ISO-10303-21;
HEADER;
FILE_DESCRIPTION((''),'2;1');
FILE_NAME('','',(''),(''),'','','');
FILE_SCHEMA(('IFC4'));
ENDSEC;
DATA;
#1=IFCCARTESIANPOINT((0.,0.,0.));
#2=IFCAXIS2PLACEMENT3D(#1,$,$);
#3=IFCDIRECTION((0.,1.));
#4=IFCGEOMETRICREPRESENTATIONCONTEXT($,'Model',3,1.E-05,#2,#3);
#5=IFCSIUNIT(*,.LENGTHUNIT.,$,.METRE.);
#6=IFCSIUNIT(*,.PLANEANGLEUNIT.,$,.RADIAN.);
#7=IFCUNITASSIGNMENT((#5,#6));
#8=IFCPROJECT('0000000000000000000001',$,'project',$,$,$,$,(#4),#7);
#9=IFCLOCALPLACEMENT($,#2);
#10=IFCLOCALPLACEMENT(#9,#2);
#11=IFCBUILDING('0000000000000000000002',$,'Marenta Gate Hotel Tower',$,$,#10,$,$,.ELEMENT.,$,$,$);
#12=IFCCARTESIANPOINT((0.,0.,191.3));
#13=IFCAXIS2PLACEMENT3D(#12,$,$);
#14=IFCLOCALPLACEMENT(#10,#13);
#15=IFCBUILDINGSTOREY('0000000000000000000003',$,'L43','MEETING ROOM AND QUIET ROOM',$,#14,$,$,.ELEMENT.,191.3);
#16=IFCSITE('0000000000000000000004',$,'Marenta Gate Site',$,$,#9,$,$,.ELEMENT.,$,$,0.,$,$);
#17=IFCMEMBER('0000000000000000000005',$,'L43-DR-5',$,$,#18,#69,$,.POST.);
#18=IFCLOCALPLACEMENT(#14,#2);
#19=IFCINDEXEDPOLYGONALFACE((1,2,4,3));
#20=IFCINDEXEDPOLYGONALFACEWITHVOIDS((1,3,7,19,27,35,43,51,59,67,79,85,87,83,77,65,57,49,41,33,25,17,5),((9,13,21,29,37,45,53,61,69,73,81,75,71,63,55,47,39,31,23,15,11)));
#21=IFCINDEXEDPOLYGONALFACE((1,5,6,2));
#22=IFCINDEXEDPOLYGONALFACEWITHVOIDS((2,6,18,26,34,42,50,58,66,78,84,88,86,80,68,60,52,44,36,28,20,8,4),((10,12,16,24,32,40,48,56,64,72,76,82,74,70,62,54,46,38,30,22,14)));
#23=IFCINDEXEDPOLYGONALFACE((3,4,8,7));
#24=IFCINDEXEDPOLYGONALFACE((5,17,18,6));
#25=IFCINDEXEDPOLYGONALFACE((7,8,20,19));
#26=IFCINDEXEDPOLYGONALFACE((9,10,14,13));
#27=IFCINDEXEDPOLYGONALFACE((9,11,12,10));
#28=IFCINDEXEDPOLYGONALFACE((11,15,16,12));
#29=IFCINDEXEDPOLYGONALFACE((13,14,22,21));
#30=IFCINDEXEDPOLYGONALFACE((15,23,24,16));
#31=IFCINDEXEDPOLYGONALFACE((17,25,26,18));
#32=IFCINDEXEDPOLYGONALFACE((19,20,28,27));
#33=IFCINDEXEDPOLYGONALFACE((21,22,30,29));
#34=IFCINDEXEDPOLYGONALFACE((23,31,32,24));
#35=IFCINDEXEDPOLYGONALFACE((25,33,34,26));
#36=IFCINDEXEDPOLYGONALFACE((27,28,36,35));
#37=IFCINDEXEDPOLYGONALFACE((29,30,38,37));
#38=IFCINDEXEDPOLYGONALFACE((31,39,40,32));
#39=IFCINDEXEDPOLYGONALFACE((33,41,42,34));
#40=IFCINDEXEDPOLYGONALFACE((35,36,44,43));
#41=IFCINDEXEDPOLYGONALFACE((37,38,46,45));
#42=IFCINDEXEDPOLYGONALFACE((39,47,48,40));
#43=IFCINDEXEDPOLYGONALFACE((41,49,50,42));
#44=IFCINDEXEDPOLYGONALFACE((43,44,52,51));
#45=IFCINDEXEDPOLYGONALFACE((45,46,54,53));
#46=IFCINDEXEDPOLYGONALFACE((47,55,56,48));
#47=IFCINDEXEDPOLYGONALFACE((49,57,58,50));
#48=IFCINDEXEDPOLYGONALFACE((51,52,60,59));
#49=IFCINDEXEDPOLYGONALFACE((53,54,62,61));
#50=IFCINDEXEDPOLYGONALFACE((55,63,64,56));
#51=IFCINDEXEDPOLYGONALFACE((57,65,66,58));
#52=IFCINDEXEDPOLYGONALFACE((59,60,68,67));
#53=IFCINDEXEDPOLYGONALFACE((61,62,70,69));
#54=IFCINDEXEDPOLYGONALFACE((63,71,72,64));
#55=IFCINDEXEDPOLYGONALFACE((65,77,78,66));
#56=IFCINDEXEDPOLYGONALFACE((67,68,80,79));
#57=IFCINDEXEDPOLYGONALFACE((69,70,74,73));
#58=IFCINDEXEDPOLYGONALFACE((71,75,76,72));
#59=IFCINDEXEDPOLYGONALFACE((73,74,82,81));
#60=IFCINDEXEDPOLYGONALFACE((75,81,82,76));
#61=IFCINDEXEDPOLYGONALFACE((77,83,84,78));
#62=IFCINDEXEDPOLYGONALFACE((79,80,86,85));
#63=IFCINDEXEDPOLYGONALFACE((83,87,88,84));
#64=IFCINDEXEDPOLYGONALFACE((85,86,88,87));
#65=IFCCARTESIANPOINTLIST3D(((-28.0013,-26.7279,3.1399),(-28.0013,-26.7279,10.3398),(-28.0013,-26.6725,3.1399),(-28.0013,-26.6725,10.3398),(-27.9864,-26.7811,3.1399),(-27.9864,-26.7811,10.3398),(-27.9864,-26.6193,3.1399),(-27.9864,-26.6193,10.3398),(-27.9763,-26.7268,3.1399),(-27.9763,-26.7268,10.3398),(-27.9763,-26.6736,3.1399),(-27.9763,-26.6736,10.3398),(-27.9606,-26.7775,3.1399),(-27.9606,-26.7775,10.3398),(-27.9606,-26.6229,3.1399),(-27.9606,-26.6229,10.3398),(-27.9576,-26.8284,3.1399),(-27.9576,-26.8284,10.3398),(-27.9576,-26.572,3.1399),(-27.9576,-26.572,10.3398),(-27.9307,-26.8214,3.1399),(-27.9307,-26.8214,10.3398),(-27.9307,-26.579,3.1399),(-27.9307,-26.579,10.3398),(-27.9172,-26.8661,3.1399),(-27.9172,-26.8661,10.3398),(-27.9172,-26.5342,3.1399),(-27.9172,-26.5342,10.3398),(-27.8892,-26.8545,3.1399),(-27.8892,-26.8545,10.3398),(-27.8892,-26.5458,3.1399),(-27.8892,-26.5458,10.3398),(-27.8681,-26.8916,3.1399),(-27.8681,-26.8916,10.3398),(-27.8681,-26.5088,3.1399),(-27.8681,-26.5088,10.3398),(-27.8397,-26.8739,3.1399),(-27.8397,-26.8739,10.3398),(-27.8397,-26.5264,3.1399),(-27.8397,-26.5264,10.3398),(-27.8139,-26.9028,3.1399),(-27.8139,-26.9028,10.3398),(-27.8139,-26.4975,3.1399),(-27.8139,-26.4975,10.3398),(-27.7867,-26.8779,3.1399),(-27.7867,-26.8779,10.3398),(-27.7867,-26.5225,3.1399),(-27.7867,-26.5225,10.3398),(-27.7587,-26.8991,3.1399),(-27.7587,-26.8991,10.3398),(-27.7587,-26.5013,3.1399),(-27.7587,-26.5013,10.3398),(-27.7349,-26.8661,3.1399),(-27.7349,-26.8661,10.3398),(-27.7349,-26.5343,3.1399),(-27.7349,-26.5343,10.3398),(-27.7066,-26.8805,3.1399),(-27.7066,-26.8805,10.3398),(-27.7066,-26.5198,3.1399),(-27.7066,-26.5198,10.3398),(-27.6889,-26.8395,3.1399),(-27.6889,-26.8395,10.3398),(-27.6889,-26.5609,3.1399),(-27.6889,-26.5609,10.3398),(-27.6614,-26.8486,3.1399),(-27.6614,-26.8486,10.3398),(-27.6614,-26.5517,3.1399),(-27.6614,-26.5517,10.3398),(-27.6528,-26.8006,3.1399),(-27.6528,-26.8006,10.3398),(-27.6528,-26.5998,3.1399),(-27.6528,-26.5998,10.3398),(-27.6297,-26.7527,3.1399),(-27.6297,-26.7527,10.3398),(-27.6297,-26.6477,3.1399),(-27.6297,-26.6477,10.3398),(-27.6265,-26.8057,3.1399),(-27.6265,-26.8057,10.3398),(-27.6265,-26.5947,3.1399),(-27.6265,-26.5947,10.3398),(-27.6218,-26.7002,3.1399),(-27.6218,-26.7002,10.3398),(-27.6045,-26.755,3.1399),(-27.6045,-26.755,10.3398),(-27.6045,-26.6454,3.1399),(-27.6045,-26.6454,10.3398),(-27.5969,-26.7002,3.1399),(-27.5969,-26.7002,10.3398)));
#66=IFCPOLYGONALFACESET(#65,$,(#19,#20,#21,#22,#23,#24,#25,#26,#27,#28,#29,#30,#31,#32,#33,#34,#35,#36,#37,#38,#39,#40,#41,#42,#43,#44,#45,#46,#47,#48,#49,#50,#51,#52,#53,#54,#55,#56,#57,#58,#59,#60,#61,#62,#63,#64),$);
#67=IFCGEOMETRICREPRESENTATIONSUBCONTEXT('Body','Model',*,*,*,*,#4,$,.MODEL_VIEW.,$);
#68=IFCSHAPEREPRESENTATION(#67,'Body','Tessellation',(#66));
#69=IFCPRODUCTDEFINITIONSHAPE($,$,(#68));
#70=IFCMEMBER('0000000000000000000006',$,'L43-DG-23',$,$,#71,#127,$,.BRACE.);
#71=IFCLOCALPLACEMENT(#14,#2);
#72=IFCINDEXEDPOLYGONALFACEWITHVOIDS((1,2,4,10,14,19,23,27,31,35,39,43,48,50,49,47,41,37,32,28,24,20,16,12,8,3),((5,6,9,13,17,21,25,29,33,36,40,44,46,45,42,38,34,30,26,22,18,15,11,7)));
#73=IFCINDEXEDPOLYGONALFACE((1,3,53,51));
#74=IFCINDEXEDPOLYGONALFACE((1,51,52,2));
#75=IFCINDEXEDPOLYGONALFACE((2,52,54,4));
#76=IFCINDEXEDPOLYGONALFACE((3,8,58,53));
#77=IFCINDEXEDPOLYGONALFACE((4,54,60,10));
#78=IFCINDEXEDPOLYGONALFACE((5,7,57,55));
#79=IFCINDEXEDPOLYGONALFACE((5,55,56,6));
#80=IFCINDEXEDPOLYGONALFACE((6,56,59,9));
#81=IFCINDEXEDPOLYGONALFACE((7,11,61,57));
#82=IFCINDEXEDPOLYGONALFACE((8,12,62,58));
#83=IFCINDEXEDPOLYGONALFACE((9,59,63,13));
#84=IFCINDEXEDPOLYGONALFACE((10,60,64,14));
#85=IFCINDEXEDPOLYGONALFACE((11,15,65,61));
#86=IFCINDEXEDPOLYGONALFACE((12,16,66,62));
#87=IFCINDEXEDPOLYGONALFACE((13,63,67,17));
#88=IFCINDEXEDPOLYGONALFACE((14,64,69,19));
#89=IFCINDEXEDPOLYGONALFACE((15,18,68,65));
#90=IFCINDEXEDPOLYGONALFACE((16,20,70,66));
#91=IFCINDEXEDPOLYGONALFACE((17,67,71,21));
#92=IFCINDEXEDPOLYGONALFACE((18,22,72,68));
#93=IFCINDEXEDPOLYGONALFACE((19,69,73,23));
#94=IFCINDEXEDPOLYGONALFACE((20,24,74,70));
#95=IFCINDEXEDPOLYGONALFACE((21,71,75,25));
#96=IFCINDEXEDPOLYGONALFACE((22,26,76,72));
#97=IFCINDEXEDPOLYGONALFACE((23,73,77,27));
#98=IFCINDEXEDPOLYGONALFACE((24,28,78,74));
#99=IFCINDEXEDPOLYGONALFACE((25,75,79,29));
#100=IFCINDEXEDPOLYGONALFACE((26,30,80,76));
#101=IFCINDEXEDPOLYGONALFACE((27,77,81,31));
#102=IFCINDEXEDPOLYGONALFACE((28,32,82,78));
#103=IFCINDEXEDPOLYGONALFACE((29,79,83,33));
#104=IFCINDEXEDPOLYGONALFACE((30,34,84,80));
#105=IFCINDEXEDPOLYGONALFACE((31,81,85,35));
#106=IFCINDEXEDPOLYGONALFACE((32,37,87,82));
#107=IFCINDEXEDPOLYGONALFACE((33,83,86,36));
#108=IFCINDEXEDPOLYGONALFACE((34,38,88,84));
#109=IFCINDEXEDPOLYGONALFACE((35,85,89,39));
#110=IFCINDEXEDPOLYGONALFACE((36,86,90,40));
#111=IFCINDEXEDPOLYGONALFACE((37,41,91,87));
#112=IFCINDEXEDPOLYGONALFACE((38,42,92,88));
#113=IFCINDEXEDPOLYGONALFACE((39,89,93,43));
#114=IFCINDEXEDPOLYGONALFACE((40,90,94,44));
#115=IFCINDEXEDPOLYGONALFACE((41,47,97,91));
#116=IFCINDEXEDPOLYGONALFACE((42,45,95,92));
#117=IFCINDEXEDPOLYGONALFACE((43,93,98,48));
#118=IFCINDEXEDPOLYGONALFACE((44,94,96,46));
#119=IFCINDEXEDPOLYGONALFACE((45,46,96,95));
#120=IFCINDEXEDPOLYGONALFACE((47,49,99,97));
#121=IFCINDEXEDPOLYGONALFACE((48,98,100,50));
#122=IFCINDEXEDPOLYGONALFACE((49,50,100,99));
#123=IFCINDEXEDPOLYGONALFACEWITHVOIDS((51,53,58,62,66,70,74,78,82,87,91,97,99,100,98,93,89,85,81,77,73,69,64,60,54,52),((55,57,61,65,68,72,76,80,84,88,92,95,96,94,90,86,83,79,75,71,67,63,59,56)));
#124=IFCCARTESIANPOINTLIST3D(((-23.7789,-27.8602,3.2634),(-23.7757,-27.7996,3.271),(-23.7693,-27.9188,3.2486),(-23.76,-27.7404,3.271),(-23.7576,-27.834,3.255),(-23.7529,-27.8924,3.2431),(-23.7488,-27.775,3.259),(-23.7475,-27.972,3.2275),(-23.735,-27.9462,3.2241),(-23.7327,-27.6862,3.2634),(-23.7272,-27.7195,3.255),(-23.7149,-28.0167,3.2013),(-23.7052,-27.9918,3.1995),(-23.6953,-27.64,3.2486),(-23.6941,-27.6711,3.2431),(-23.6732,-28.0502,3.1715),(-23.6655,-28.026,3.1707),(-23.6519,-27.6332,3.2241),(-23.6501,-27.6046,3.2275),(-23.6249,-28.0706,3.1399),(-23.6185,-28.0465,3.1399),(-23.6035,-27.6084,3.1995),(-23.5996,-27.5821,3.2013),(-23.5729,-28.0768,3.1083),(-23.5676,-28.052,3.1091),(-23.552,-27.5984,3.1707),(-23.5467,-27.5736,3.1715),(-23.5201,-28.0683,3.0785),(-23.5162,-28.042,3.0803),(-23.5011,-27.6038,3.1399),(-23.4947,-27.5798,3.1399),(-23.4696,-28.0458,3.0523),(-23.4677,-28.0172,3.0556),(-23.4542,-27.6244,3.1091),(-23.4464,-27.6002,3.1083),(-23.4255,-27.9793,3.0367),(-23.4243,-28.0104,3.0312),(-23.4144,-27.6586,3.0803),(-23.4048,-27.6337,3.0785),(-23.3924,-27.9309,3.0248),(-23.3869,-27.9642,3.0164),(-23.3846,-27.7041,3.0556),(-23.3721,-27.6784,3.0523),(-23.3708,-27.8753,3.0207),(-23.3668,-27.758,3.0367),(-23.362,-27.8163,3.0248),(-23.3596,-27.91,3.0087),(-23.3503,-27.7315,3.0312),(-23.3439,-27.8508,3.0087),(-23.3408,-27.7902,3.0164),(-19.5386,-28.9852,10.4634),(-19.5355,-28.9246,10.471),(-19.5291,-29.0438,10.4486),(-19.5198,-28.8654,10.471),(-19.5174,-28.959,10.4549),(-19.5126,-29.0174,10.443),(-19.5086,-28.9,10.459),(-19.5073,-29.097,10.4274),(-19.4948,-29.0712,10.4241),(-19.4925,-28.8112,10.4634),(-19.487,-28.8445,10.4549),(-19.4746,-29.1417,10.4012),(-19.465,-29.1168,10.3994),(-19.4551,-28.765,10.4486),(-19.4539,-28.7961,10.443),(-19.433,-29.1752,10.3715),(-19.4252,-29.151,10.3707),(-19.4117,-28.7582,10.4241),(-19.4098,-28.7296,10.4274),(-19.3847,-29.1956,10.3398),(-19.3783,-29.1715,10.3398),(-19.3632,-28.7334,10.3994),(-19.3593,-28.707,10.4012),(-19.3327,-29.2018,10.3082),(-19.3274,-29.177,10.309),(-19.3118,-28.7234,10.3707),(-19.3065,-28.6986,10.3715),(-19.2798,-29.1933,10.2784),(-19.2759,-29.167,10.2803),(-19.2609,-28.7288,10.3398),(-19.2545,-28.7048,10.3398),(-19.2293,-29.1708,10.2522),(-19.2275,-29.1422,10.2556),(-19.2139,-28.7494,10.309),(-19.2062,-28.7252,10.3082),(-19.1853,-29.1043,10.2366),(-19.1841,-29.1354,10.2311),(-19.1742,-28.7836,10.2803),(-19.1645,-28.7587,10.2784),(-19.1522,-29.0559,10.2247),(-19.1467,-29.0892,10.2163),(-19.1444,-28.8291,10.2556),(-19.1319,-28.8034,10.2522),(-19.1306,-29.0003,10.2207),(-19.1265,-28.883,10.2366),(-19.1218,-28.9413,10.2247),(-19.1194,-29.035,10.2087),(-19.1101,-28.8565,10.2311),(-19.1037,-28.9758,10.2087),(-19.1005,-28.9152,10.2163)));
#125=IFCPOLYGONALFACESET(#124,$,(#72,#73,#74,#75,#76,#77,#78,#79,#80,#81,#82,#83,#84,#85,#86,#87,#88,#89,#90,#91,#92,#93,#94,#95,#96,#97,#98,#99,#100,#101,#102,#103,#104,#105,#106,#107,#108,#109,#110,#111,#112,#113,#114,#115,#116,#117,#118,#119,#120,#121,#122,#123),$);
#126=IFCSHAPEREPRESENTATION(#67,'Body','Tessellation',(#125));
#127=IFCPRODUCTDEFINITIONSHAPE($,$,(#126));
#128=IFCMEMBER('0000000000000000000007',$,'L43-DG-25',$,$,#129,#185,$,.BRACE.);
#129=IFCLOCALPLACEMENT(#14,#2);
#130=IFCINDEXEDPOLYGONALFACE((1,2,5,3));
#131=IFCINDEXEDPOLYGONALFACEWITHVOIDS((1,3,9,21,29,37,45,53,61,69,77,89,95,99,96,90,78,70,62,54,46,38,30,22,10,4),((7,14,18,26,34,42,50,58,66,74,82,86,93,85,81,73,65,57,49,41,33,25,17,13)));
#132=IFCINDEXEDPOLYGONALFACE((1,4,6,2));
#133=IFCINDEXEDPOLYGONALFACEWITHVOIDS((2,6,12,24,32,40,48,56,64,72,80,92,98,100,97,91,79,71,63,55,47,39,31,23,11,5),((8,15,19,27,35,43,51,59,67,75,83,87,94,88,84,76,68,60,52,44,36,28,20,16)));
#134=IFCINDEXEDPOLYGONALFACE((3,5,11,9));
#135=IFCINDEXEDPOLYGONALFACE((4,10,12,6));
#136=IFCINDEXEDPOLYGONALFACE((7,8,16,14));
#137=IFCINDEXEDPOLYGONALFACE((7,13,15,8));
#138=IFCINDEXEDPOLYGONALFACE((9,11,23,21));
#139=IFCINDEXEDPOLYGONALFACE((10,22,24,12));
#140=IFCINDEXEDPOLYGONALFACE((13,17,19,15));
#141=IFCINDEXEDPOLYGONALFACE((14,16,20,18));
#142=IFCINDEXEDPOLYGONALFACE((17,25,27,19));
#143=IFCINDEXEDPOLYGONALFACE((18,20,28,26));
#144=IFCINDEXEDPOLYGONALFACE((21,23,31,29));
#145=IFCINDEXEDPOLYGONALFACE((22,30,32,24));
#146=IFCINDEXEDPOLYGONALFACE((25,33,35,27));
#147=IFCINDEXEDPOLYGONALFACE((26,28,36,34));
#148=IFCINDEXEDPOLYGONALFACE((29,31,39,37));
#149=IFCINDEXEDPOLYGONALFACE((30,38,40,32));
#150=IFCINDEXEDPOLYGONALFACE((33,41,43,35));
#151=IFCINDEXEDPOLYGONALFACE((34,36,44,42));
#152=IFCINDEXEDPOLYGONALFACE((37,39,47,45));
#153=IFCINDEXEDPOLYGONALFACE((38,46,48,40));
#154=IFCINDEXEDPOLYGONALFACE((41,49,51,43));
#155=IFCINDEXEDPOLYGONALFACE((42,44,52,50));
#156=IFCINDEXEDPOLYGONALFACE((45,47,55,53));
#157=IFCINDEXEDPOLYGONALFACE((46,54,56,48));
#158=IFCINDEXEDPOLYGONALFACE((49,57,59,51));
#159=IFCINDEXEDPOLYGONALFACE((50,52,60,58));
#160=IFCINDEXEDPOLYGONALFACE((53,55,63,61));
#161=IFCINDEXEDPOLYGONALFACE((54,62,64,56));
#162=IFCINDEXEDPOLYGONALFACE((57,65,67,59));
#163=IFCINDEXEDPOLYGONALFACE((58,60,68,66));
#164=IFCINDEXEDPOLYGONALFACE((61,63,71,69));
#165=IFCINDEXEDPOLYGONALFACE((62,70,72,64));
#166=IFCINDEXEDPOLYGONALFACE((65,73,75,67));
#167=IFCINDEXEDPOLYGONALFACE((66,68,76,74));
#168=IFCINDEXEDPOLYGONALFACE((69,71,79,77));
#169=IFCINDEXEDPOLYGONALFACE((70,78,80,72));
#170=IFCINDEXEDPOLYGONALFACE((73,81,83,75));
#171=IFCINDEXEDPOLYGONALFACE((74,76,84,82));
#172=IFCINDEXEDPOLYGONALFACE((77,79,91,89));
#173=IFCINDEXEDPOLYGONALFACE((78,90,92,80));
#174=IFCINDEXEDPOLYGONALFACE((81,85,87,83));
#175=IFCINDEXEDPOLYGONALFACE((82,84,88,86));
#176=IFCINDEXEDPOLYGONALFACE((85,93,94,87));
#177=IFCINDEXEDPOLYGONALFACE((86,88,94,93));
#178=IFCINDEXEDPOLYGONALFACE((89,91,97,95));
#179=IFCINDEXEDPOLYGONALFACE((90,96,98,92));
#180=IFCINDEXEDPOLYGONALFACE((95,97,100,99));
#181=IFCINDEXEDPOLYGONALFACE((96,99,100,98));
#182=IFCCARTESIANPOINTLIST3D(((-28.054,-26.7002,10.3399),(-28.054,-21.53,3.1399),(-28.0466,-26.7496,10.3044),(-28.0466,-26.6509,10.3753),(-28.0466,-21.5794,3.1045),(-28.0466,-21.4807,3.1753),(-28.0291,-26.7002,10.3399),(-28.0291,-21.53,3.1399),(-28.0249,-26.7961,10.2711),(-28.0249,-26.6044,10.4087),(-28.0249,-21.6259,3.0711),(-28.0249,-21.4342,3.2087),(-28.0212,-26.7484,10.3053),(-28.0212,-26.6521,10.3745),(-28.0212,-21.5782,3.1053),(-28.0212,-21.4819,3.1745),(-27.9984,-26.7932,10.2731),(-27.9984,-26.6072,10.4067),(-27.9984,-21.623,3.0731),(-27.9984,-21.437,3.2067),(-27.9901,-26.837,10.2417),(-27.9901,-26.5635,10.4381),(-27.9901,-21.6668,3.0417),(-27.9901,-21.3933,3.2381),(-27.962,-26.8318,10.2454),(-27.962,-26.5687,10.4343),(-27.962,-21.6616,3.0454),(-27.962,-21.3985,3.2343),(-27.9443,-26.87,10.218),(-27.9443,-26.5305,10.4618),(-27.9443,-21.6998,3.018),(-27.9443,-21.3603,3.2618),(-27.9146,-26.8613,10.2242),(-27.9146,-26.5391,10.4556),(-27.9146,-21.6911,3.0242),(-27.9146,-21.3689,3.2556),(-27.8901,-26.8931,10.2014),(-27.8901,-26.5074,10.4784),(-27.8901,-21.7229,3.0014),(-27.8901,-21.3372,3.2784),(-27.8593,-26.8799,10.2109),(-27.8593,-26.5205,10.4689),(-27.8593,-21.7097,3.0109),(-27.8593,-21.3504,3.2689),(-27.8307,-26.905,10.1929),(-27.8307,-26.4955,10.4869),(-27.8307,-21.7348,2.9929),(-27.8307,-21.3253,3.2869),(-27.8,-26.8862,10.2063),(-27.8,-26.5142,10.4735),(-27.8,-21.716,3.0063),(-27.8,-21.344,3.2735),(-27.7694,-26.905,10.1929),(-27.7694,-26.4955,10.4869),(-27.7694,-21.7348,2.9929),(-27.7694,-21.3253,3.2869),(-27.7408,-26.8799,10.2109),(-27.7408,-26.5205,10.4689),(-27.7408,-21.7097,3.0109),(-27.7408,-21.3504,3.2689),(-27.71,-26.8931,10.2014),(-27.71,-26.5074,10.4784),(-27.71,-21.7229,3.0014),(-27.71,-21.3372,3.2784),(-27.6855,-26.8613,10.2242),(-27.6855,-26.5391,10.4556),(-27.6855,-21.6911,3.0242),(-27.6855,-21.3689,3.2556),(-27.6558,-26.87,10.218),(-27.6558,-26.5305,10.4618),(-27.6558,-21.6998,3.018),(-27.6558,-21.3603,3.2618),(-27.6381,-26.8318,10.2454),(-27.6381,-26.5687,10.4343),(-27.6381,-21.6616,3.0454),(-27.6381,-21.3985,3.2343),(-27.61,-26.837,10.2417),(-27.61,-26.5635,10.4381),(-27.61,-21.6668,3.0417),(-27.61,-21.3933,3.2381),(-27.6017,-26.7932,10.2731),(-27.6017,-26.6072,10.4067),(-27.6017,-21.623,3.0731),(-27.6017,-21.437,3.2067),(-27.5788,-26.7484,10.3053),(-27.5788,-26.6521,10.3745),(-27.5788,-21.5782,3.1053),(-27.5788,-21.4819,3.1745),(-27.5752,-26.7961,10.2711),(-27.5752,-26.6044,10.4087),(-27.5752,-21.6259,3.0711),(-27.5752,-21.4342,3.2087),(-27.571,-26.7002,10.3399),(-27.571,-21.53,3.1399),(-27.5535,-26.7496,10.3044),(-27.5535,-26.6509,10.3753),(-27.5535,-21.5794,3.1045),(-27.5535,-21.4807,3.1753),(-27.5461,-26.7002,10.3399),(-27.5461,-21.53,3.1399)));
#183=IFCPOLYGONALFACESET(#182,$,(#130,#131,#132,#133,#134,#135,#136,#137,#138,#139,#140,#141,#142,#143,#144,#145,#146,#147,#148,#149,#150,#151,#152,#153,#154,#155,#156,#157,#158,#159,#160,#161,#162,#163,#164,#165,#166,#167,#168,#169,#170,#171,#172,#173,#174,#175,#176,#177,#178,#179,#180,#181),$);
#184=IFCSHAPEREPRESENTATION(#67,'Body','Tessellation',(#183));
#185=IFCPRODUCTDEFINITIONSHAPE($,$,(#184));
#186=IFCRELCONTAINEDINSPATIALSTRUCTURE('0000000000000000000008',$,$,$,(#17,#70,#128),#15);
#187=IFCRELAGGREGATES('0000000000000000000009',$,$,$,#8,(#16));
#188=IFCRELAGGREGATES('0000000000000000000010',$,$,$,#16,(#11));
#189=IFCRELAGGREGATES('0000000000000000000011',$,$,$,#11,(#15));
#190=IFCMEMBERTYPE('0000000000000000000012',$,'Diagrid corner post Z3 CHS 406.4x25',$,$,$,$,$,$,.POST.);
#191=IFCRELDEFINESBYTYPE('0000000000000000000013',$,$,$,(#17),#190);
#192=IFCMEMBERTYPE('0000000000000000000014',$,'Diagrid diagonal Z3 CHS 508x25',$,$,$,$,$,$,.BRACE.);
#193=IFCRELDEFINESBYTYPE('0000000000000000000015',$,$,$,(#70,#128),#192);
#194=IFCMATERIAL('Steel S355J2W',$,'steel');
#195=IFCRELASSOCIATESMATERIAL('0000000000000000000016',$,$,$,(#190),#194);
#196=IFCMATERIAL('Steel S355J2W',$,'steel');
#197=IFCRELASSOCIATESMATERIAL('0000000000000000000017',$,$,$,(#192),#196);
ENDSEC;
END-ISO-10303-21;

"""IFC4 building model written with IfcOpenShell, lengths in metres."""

from ifc_helpers import new_model, si_unit, direction, frame, origin, origin_2d, place, context, subcontext, project, spatial, hollow_circle, extrude, material, material_profile, profile_set, type_object, element, save


model = new_model("IFC4")

# Units and contexts
model_context = context("Model", 3, precision=1e-05, world=origin(), true_north=direction((0.0, 1.0)))
body_context = subcontext(model_context, "Body", "Model", "MODEL_VIEW")
ifc_project = project(units=[si_unit("LENGTHUNIT", "METRE"), si_unit("PLANEANGLEUNIT", "RADIAN")], contexts=[model_context])

# Site, building, storey
site_placement = place(None, origin())
site = spatial("IfcSite", under=ifc_project, at=site_placement, Name="Marenta Gate Site", CompositionType="ELEMENT", RefElevation=0.0)
building_placement = place(site_placement, origin())
building = spatial("IfcBuilding", under=site, at=building_placement, Name="Marenta Gate Hotel Tower", CompositionType="ELEMENT")
storey_placement = place(building_placement, frame((0.0, 0.0, 191.3)))
storey = spatial("IfcBuildingStorey", under=building, at=storey_placement, Name="L43", Description="MEETING ROOM AND QUIET ROOM", CompositionType="ELEMENT", Elevation=191.3)

# Members
ifc_material_1 = material(Name="Steel S355J2W", Category="steel")
ifc_material_profile_1 = material_profile(ifc_material_1, hollow_circle(Radius=0.2031, WallThickness=0.0249, at=origin_2d()), Name="CHS 406.4x25")
ifc_profile_set_1 = profile_set([ifc_material_profile_1], Name="Steel S355J2W")
member_type_1 = type_object("IfcMemberType", Name="Diagrid corner post Z3 CHS 406.4x25", PredefinedType="POST", material=ifc_profile_set_1)
member_1_placement = place(storey_placement, frame((-27.8, -26.7002, 3.1399), z_axis=(0.0, 0.0, 1.0), x_axis=(1.0, 0.0, 0.0)))
element("IfcMember", 1, at=member_1_placement, inside=storey, type_object=member_type_1, Name="L43-DR-5", PredefinedType="POST", context=body_context, shape_type="SweptSolid", body=[
    extrude(hollow_circle(Radius=0.2031, WallThickness=0.0249, at=origin_2d()), origin(), (0.0, 0.0, 1.0), 7.2),
])
ifc_material_2 = material(Name="Steel S355J2W", Category="steel")
ifc_material_profile_2 = material_profile(ifc_material_2, hollow_circle(Radius=0.2539, WallThickness=0.0249, at=origin_2d()), Name="CHS 508x25")
ifc_profile_set_2 = profile_set([ifc_material_profile_2], Name="Steel S355J2W")
member_type_2 = type_object("IfcMemberType", Name="Diagrid diagonal Z3 CHS 508x25", PredefinedType="BRACE", material=ifc_profile_set_2)
member_2_placement = place(storey_placement, frame((-23.5598, -27.8252, 3.1399), z_axis=(0.502924, -0.133434, 0.853969), x_axis=(0.256443, 0.966559, 0.0)))
element("IfcMember", 2, at=member_2_placement, inside=storey, type_object=member_type_2, Name="L43-DG-23", PredefinedType="BRACE", context=body_context, shape_type="SweptSolid", body=[
    extrude(hollow_circle(Radius=0.2539, WallThickness=0.0249, at=origin_2d()), origin(), (0.0, 0.0, 1.0), 8.4312),
])
member_3_placement = place(storey_placement, frame((-27.8, -21.53, 3.1399), z_axis=(0.0, -0.583279, 0.812272), x_axis=(1.0, 0.0, 0.0)))
element("IfcMember", 3, at=member_3_placement, inside=storey, type_object=member_type_2, Name="L43-DG-25", PredefinedType="BRACE", context=body_context, shape_type="SweptSolid", body=[
    extrude(hollow_circle(Radius=0.2539, WallThickness=0.0249, at=origin_2d()), origin(), (0.0, 0.0, 1.0), 8.864),
])

save(model, "model.ifc")
